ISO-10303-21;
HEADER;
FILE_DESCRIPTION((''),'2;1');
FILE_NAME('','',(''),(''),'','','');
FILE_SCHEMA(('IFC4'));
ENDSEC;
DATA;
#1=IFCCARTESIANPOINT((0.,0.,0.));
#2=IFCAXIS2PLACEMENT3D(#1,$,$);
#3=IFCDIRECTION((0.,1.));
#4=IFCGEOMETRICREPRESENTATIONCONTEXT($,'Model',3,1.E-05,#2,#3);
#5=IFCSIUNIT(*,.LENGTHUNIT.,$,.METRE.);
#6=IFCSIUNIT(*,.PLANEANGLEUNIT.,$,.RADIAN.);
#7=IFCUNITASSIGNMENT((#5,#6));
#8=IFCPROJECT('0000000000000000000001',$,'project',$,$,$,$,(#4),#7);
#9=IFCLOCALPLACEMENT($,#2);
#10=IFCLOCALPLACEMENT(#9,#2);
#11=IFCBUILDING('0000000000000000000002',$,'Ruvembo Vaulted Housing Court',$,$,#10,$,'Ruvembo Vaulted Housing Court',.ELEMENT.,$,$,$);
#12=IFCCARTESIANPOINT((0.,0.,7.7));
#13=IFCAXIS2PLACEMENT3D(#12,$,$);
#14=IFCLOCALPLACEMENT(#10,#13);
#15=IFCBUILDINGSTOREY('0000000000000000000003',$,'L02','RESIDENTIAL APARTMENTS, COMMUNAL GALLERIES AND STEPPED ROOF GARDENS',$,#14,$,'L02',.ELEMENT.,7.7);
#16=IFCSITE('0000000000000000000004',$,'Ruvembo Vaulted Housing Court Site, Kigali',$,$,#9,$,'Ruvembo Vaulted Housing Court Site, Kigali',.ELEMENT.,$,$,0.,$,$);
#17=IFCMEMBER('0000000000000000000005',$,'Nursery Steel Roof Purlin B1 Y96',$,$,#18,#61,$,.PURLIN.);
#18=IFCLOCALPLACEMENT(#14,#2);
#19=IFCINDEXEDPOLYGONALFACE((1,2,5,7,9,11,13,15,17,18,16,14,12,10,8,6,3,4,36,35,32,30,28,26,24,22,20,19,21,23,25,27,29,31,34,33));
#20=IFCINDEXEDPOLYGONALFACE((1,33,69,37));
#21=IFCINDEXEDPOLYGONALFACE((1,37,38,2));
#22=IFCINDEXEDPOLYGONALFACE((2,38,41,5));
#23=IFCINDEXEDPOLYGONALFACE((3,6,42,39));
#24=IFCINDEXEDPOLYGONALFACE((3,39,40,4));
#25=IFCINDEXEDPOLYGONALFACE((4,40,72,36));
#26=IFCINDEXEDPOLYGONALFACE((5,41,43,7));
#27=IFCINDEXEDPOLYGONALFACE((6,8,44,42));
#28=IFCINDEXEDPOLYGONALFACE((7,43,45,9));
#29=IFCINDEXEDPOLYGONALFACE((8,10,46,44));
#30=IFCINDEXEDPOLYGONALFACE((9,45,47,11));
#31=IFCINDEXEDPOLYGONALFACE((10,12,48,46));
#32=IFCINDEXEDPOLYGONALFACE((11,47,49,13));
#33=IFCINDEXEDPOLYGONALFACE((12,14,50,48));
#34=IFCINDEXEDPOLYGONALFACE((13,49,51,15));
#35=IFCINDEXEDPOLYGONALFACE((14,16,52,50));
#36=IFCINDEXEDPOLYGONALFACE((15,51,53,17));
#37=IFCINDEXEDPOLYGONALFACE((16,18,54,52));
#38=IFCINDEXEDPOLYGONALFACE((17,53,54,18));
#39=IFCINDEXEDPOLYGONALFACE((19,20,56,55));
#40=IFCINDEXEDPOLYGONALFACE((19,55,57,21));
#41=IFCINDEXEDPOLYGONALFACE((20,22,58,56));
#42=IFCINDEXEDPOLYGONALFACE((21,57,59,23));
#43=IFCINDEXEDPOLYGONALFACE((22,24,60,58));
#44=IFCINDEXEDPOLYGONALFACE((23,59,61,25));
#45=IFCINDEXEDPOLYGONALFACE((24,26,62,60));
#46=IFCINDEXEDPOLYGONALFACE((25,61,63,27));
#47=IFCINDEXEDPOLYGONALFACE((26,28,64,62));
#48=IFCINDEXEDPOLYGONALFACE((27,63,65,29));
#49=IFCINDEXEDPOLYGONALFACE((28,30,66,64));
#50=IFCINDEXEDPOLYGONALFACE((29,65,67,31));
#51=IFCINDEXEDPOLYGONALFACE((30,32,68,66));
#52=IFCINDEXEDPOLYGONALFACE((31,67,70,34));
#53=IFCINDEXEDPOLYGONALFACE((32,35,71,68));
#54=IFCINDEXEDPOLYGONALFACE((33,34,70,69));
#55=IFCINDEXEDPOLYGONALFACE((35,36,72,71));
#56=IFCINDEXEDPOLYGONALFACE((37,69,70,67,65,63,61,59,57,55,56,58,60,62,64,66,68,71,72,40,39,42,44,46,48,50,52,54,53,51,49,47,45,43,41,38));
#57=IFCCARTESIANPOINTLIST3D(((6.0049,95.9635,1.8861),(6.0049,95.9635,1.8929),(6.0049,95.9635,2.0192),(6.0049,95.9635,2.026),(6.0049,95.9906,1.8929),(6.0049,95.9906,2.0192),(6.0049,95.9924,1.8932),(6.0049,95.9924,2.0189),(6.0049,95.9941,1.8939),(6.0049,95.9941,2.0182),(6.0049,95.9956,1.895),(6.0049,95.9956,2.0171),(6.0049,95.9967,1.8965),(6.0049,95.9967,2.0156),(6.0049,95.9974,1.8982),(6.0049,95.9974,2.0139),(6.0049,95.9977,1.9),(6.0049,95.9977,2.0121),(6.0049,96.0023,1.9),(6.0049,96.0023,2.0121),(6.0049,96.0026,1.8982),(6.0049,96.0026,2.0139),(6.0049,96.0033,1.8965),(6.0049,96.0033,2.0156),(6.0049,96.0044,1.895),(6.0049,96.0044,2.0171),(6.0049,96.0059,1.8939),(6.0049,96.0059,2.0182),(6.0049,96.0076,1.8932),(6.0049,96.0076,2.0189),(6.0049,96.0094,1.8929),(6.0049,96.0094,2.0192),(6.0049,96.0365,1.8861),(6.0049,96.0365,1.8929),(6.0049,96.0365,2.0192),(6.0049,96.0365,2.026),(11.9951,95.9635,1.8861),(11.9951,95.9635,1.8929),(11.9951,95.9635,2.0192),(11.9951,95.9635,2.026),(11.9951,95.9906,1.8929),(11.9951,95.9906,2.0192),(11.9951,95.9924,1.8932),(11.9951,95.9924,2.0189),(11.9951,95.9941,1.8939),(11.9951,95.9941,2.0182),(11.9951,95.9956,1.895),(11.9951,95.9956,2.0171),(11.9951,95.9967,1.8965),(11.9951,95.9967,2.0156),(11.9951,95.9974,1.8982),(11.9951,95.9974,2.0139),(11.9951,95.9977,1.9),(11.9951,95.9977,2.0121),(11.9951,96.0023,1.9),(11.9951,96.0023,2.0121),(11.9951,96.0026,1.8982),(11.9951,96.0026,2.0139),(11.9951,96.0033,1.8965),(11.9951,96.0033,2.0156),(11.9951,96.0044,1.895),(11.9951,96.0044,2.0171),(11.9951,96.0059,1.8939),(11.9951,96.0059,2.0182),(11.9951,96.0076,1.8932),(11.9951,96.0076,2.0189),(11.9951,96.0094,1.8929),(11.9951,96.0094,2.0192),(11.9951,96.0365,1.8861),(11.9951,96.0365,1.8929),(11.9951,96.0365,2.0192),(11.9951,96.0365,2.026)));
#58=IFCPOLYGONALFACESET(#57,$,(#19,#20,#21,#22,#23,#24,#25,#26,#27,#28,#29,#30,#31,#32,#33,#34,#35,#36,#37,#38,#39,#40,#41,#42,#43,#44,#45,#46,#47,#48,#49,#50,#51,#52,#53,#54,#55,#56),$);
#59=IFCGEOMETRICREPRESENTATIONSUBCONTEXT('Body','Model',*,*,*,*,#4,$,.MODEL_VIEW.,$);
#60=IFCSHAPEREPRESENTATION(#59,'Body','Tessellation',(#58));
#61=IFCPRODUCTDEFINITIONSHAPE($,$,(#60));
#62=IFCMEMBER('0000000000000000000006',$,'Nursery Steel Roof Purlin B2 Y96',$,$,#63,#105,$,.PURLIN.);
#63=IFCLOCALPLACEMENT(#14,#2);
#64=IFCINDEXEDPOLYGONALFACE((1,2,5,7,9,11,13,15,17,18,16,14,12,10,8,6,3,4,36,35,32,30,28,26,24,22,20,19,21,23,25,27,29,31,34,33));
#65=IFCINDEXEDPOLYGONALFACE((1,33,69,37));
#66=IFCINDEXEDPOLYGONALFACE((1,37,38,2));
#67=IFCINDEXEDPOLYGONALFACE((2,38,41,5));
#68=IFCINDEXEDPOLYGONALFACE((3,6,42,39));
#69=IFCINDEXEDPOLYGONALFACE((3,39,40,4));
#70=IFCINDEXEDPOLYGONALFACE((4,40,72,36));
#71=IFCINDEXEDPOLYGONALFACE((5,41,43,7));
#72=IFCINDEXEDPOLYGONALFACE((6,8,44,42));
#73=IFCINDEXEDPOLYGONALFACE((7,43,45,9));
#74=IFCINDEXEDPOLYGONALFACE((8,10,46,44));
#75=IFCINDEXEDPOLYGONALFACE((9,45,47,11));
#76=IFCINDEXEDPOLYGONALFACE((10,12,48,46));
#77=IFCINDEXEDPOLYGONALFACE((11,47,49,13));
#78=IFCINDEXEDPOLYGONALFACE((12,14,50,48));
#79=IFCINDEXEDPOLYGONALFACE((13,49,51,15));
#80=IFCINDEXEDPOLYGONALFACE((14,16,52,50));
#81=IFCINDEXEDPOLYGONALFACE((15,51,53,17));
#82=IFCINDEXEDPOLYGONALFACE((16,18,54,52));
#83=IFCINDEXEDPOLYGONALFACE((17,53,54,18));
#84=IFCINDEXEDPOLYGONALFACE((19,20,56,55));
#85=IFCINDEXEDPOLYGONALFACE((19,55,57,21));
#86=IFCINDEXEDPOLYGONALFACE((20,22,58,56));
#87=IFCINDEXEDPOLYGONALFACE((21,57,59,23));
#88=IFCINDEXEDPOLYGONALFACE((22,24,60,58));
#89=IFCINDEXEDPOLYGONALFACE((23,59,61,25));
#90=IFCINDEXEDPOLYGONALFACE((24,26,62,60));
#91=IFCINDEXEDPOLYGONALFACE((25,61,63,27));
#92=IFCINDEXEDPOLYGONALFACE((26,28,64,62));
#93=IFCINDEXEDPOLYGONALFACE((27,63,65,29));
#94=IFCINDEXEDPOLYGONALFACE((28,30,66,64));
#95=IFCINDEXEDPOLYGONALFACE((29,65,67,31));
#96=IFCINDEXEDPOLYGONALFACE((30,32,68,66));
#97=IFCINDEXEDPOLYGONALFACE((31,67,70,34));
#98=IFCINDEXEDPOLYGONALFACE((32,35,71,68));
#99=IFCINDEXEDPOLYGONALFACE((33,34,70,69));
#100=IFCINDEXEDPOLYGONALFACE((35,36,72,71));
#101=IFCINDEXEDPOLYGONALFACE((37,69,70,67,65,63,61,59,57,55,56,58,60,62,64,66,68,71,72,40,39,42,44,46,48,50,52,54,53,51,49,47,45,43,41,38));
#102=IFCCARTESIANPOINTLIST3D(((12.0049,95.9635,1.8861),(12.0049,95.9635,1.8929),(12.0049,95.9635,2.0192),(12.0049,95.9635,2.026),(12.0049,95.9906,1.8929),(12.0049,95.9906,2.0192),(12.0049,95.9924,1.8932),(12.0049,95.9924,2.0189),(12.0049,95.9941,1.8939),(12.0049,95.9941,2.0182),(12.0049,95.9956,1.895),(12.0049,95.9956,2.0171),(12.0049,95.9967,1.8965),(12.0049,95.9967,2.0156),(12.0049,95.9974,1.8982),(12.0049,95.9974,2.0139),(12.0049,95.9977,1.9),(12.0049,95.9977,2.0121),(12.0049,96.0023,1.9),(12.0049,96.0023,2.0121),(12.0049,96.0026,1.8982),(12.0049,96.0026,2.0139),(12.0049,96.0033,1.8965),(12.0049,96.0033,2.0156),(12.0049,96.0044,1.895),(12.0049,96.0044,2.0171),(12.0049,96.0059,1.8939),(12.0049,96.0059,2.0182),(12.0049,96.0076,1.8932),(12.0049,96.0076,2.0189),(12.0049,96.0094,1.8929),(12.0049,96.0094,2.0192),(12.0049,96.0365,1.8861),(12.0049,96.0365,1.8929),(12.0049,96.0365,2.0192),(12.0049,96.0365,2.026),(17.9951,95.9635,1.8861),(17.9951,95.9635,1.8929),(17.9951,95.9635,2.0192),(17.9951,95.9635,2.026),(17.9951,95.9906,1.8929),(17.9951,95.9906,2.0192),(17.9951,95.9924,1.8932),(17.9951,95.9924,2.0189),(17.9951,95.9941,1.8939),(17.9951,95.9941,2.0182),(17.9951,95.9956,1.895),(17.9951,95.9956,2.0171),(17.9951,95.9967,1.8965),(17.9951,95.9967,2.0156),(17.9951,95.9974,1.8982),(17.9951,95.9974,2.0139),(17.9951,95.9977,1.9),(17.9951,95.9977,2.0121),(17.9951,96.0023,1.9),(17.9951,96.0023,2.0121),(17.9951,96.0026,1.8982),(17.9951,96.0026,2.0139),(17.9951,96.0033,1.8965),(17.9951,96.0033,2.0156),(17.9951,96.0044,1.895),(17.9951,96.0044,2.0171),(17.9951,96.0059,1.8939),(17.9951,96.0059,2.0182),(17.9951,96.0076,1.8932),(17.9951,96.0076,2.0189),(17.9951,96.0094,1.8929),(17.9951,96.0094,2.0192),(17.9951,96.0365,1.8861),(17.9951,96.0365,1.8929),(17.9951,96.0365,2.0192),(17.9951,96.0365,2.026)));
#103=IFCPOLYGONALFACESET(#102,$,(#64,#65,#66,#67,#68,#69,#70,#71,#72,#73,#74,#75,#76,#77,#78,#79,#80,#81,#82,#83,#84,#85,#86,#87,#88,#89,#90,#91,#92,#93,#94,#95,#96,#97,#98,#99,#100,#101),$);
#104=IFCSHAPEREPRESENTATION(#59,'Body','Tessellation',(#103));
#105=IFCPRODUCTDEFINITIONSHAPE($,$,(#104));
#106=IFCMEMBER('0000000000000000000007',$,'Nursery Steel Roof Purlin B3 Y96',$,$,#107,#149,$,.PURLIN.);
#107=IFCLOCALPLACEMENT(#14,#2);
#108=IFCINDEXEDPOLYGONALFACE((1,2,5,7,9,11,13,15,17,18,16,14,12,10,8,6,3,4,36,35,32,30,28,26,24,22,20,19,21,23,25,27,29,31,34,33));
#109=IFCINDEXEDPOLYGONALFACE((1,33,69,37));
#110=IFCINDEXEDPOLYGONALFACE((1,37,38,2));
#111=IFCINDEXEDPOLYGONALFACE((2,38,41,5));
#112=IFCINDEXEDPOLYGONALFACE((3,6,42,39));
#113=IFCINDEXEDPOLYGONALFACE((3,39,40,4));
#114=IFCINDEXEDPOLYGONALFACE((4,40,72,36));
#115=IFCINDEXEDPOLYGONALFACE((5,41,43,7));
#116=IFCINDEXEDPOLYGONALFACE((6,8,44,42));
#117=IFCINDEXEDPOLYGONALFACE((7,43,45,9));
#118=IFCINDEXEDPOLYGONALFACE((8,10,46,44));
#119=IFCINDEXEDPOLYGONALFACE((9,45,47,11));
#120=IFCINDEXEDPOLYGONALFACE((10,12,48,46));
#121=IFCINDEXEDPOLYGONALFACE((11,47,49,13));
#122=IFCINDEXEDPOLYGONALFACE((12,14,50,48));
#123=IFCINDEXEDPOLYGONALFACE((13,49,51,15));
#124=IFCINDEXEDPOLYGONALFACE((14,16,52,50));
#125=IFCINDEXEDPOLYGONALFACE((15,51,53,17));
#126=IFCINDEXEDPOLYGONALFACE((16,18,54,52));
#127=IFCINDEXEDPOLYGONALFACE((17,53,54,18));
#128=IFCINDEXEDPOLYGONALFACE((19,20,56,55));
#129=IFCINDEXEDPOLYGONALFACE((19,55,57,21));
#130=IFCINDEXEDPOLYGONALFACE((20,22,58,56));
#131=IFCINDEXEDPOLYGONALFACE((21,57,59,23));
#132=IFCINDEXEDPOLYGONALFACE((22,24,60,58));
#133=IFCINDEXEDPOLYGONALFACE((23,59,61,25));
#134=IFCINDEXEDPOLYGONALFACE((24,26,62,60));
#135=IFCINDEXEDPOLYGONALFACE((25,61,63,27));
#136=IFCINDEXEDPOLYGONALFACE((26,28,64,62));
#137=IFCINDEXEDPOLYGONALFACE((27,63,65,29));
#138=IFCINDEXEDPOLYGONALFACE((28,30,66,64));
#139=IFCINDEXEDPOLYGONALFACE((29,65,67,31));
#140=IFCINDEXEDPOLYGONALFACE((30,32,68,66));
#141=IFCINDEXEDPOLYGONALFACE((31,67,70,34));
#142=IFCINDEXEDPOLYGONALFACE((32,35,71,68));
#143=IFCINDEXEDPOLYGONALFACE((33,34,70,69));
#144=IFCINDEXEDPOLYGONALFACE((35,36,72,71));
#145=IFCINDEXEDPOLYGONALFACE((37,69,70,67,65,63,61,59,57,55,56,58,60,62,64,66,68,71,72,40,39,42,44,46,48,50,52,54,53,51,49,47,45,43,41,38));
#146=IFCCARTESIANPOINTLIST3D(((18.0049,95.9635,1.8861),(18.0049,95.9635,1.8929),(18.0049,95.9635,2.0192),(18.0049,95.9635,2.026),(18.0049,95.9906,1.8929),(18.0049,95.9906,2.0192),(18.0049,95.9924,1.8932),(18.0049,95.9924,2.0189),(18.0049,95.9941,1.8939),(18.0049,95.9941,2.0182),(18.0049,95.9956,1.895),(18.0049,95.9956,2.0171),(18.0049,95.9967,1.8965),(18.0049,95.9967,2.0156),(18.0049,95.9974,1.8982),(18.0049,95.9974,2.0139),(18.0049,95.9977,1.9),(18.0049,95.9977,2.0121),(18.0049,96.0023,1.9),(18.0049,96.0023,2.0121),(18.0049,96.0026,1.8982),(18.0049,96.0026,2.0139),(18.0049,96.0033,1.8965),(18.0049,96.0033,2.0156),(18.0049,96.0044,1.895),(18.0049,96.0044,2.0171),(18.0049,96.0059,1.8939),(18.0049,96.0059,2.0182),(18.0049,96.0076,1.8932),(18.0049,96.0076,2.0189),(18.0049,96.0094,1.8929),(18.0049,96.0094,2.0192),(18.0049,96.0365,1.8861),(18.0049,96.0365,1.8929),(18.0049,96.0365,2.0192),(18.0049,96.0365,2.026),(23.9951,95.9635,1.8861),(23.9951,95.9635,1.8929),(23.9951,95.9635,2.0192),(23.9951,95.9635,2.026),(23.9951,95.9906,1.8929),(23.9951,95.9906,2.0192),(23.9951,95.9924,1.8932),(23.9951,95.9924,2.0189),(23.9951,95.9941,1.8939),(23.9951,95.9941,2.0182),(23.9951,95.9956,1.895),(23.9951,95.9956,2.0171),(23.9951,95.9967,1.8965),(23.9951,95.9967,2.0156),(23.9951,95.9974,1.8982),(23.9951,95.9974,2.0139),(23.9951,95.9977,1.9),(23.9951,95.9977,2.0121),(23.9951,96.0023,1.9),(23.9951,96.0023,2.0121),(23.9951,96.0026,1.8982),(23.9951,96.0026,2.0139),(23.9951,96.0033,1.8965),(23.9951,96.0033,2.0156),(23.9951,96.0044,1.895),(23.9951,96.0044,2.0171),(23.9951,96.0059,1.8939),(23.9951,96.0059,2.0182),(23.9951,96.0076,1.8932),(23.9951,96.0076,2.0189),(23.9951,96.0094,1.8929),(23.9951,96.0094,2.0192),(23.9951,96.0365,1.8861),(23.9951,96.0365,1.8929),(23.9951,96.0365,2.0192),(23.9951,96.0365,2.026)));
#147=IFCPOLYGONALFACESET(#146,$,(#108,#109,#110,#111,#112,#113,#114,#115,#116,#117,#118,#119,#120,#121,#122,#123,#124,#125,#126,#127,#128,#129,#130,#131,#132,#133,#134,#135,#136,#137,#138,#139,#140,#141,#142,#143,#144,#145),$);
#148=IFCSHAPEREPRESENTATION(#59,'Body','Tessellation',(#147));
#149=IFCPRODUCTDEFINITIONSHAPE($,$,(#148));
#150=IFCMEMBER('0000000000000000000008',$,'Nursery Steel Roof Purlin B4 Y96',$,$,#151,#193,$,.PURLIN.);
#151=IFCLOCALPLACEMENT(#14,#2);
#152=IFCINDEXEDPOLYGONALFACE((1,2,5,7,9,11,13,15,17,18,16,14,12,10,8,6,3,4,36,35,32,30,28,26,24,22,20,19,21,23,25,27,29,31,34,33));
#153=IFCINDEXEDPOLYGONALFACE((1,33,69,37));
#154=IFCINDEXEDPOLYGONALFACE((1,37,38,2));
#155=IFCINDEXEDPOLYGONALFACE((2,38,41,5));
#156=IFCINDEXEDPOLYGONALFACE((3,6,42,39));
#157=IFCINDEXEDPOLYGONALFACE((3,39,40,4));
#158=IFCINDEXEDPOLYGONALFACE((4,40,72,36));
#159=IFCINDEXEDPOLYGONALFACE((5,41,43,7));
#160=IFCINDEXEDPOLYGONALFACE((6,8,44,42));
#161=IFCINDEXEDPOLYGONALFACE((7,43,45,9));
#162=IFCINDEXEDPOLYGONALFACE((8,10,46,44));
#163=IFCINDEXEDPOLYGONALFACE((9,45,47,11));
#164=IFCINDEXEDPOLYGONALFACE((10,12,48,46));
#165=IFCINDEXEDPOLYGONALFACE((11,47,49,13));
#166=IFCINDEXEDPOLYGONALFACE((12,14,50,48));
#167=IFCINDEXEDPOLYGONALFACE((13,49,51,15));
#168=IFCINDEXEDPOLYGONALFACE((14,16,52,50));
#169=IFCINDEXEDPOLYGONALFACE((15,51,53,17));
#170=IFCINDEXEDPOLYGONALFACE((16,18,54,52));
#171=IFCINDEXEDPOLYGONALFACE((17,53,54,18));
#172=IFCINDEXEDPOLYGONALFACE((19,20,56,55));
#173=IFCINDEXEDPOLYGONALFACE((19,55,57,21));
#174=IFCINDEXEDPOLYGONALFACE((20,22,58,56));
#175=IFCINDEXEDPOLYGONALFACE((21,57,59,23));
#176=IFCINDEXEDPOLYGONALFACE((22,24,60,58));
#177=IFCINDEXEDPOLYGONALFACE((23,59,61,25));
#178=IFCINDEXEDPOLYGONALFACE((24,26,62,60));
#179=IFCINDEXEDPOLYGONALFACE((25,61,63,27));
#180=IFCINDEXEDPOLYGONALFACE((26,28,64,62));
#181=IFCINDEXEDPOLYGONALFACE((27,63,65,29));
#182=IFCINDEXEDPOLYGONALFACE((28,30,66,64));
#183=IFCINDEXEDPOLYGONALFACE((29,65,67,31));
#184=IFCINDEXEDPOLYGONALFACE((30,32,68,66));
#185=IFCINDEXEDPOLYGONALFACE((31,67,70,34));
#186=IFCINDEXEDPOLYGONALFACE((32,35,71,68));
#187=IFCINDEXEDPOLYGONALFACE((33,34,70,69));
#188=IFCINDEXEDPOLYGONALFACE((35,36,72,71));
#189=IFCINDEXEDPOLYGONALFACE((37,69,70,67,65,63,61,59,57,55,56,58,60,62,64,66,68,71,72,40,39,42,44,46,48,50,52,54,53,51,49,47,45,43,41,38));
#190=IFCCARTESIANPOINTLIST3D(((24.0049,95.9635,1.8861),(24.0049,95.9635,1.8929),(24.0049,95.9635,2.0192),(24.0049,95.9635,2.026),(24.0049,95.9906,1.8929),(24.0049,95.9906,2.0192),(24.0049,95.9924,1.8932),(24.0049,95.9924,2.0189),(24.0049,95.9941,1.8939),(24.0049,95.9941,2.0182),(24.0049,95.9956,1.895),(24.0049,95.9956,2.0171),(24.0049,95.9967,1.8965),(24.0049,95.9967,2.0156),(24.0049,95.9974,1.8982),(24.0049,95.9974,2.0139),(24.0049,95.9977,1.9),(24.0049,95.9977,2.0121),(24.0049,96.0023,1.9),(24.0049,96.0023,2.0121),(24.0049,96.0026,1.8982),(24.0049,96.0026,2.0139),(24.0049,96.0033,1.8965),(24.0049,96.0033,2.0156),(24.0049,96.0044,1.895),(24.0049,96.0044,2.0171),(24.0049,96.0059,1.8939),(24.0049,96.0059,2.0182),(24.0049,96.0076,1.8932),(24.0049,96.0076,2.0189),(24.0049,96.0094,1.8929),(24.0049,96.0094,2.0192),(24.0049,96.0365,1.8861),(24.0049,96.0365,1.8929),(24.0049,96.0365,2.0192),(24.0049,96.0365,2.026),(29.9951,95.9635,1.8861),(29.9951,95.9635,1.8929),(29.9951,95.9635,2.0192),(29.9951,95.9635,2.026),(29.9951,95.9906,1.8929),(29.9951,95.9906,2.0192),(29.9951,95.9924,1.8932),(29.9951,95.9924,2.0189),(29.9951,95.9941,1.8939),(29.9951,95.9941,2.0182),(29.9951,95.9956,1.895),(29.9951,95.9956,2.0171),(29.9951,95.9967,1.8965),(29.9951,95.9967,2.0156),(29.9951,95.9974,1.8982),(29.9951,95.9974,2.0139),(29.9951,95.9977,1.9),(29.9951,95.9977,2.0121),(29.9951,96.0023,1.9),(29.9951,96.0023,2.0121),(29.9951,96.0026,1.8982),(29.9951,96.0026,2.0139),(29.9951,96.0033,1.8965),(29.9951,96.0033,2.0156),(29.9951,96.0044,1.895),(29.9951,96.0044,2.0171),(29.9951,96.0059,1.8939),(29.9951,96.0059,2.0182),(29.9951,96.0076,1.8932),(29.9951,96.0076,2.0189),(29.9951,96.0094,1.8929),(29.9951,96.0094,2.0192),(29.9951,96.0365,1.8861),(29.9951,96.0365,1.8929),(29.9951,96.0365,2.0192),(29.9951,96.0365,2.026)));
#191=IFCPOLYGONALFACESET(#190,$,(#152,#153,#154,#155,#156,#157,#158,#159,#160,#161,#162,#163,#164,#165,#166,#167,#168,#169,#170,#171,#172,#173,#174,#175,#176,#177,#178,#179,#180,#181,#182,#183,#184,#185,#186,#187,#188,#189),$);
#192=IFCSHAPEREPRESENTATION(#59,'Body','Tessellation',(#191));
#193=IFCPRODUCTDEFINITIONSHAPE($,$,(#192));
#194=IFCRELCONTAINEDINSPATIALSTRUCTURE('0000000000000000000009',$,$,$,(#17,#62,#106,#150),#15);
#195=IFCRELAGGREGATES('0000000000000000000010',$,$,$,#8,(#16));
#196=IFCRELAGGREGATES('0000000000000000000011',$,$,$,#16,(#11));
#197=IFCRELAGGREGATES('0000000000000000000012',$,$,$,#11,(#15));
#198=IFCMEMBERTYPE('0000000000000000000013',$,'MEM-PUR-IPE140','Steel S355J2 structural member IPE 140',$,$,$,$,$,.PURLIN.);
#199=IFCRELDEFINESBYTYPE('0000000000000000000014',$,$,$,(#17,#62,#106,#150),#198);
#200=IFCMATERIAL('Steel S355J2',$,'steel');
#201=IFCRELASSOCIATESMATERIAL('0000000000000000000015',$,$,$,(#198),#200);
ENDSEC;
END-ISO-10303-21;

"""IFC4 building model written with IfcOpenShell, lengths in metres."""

from ifc_helpers import new_model, si_unit, direction, frame, origin, origin_2d, place, context, subcontext, project, spatial, i_section, extrude, material, material_profile, profile_set, type_object, element, save


model = new_model("IFC4")

# Units and contexts
model_context = context("Model", 3, precision=1e-05, world=origin(), true_north=direction((0.0, 1.0)))
body_context = subcontext(model_context, "Body", "Model", "MODEL_VIEW")
ifc_project = project(units=[si_unit("LENGTHUNIT", "METRE"), si_unit("PLANEANGLEUNIT", "RADIAN")], contexts=[model_context])

# Site, building, storey
site_placement = place(None, origin())
site = spatial("IfcSite", under=ifc_project, at=site_placement, Name="Ruvembo Vaulted Housing Court Site, Kigali", LongName="Ruvembo Vaulted Housing Court Site, Kigali", CompositionType="ELEMENT", RefElevation=0.0)
building_placement = place(site_placement, origin())
building = spatial("IfcBuilding", under=site, at=building_placement, Name="Ruvembo Vaulted Housing Court", LongName="Ruvembo Vaulted Housing Court", CompositionType="ELEMENT")
storey_placement = place(building_placement, frame((0.0, 0.0, 7.7)))
storey = spatial("IfcBuildingStorey", under=building, at=storey_placement, Name="L02", Description="RESIDENTIAL APARTMENTS, COMMUNAL GALLERIES AND STEPPED ROOF GARDENS", LongName="L02", CompositionType="ELEMENT", Elevation=7.7)

# Shared definitions
ifc_material_1 = material(Name="Steel S355J2", Category="steel")

# Members
ifc_material_profile_1 = material_profile(ifc_material_1, i_section(OverallWidth=0.073, OverallDepth=0.1399, WebThickness=0.0046, FlangeThickness=0.0068, FilletRadius=0.0071, at=origin_2d()), Name="IPE 140")
ifc_profile_set_1 = profile_set([ifc_material_profile_1], Name="Steel S355J2")
member_type_1 = type_object("IfcMemberType", Name="MEM-PUR-IPE140", Description="Steel S355J2 structural member IPE 140", PredefinedType="PURLIN", material=ifc_profile_set_1)
for number, where, z_axis, x_axis, name in (
    (1, (6.0049, 96.0, 1.9561), (1.0, 0.0, 0.0), (0.0, 1.0, 0.0), "Nursery Steel Roof Purlin B1 Y96"),
    (2, (12.0049, 96.0, 1.9561), (1.0, 0.0, 0.0), (0.0, 1.0, 0.0), "Nursery Steel Roof Purlin B2 Y96"),
    (3, (18.0049, 96.0, 1.9561), (1.0, 0.0, 0.0), (0.0, 1.0, 0.0), "Nursery Steel Roof Purlin B3 Y96"),
    (4, (24.0049, 96.0, 1.9561), (1.0, 0.0, 0.0), (0.0, 1.0, 0.0), "Nursery Steel Roof Purlin B4 Y96"),
):
    element("IfcMember", number, at=place(storey_placement, frame(where, z_axis=z_axis, x_axis=x_axis)), inside=storey, type_object=member_type_1, Name=name, PredefinedType="PURLIN", context=body_context, shape_type="SweptSolid", body=[
        extrude(i_section(OverallWidth=0.073, OverallDepth=0.1399, WebThickness=0.0046, FlangeThickness=0.0068, FilletRadius=0.0071, at=origin_2d()), origin(), (0.0, 0.0, 1.0), 5.9902),
    ])

save(model, "model.ifc")
